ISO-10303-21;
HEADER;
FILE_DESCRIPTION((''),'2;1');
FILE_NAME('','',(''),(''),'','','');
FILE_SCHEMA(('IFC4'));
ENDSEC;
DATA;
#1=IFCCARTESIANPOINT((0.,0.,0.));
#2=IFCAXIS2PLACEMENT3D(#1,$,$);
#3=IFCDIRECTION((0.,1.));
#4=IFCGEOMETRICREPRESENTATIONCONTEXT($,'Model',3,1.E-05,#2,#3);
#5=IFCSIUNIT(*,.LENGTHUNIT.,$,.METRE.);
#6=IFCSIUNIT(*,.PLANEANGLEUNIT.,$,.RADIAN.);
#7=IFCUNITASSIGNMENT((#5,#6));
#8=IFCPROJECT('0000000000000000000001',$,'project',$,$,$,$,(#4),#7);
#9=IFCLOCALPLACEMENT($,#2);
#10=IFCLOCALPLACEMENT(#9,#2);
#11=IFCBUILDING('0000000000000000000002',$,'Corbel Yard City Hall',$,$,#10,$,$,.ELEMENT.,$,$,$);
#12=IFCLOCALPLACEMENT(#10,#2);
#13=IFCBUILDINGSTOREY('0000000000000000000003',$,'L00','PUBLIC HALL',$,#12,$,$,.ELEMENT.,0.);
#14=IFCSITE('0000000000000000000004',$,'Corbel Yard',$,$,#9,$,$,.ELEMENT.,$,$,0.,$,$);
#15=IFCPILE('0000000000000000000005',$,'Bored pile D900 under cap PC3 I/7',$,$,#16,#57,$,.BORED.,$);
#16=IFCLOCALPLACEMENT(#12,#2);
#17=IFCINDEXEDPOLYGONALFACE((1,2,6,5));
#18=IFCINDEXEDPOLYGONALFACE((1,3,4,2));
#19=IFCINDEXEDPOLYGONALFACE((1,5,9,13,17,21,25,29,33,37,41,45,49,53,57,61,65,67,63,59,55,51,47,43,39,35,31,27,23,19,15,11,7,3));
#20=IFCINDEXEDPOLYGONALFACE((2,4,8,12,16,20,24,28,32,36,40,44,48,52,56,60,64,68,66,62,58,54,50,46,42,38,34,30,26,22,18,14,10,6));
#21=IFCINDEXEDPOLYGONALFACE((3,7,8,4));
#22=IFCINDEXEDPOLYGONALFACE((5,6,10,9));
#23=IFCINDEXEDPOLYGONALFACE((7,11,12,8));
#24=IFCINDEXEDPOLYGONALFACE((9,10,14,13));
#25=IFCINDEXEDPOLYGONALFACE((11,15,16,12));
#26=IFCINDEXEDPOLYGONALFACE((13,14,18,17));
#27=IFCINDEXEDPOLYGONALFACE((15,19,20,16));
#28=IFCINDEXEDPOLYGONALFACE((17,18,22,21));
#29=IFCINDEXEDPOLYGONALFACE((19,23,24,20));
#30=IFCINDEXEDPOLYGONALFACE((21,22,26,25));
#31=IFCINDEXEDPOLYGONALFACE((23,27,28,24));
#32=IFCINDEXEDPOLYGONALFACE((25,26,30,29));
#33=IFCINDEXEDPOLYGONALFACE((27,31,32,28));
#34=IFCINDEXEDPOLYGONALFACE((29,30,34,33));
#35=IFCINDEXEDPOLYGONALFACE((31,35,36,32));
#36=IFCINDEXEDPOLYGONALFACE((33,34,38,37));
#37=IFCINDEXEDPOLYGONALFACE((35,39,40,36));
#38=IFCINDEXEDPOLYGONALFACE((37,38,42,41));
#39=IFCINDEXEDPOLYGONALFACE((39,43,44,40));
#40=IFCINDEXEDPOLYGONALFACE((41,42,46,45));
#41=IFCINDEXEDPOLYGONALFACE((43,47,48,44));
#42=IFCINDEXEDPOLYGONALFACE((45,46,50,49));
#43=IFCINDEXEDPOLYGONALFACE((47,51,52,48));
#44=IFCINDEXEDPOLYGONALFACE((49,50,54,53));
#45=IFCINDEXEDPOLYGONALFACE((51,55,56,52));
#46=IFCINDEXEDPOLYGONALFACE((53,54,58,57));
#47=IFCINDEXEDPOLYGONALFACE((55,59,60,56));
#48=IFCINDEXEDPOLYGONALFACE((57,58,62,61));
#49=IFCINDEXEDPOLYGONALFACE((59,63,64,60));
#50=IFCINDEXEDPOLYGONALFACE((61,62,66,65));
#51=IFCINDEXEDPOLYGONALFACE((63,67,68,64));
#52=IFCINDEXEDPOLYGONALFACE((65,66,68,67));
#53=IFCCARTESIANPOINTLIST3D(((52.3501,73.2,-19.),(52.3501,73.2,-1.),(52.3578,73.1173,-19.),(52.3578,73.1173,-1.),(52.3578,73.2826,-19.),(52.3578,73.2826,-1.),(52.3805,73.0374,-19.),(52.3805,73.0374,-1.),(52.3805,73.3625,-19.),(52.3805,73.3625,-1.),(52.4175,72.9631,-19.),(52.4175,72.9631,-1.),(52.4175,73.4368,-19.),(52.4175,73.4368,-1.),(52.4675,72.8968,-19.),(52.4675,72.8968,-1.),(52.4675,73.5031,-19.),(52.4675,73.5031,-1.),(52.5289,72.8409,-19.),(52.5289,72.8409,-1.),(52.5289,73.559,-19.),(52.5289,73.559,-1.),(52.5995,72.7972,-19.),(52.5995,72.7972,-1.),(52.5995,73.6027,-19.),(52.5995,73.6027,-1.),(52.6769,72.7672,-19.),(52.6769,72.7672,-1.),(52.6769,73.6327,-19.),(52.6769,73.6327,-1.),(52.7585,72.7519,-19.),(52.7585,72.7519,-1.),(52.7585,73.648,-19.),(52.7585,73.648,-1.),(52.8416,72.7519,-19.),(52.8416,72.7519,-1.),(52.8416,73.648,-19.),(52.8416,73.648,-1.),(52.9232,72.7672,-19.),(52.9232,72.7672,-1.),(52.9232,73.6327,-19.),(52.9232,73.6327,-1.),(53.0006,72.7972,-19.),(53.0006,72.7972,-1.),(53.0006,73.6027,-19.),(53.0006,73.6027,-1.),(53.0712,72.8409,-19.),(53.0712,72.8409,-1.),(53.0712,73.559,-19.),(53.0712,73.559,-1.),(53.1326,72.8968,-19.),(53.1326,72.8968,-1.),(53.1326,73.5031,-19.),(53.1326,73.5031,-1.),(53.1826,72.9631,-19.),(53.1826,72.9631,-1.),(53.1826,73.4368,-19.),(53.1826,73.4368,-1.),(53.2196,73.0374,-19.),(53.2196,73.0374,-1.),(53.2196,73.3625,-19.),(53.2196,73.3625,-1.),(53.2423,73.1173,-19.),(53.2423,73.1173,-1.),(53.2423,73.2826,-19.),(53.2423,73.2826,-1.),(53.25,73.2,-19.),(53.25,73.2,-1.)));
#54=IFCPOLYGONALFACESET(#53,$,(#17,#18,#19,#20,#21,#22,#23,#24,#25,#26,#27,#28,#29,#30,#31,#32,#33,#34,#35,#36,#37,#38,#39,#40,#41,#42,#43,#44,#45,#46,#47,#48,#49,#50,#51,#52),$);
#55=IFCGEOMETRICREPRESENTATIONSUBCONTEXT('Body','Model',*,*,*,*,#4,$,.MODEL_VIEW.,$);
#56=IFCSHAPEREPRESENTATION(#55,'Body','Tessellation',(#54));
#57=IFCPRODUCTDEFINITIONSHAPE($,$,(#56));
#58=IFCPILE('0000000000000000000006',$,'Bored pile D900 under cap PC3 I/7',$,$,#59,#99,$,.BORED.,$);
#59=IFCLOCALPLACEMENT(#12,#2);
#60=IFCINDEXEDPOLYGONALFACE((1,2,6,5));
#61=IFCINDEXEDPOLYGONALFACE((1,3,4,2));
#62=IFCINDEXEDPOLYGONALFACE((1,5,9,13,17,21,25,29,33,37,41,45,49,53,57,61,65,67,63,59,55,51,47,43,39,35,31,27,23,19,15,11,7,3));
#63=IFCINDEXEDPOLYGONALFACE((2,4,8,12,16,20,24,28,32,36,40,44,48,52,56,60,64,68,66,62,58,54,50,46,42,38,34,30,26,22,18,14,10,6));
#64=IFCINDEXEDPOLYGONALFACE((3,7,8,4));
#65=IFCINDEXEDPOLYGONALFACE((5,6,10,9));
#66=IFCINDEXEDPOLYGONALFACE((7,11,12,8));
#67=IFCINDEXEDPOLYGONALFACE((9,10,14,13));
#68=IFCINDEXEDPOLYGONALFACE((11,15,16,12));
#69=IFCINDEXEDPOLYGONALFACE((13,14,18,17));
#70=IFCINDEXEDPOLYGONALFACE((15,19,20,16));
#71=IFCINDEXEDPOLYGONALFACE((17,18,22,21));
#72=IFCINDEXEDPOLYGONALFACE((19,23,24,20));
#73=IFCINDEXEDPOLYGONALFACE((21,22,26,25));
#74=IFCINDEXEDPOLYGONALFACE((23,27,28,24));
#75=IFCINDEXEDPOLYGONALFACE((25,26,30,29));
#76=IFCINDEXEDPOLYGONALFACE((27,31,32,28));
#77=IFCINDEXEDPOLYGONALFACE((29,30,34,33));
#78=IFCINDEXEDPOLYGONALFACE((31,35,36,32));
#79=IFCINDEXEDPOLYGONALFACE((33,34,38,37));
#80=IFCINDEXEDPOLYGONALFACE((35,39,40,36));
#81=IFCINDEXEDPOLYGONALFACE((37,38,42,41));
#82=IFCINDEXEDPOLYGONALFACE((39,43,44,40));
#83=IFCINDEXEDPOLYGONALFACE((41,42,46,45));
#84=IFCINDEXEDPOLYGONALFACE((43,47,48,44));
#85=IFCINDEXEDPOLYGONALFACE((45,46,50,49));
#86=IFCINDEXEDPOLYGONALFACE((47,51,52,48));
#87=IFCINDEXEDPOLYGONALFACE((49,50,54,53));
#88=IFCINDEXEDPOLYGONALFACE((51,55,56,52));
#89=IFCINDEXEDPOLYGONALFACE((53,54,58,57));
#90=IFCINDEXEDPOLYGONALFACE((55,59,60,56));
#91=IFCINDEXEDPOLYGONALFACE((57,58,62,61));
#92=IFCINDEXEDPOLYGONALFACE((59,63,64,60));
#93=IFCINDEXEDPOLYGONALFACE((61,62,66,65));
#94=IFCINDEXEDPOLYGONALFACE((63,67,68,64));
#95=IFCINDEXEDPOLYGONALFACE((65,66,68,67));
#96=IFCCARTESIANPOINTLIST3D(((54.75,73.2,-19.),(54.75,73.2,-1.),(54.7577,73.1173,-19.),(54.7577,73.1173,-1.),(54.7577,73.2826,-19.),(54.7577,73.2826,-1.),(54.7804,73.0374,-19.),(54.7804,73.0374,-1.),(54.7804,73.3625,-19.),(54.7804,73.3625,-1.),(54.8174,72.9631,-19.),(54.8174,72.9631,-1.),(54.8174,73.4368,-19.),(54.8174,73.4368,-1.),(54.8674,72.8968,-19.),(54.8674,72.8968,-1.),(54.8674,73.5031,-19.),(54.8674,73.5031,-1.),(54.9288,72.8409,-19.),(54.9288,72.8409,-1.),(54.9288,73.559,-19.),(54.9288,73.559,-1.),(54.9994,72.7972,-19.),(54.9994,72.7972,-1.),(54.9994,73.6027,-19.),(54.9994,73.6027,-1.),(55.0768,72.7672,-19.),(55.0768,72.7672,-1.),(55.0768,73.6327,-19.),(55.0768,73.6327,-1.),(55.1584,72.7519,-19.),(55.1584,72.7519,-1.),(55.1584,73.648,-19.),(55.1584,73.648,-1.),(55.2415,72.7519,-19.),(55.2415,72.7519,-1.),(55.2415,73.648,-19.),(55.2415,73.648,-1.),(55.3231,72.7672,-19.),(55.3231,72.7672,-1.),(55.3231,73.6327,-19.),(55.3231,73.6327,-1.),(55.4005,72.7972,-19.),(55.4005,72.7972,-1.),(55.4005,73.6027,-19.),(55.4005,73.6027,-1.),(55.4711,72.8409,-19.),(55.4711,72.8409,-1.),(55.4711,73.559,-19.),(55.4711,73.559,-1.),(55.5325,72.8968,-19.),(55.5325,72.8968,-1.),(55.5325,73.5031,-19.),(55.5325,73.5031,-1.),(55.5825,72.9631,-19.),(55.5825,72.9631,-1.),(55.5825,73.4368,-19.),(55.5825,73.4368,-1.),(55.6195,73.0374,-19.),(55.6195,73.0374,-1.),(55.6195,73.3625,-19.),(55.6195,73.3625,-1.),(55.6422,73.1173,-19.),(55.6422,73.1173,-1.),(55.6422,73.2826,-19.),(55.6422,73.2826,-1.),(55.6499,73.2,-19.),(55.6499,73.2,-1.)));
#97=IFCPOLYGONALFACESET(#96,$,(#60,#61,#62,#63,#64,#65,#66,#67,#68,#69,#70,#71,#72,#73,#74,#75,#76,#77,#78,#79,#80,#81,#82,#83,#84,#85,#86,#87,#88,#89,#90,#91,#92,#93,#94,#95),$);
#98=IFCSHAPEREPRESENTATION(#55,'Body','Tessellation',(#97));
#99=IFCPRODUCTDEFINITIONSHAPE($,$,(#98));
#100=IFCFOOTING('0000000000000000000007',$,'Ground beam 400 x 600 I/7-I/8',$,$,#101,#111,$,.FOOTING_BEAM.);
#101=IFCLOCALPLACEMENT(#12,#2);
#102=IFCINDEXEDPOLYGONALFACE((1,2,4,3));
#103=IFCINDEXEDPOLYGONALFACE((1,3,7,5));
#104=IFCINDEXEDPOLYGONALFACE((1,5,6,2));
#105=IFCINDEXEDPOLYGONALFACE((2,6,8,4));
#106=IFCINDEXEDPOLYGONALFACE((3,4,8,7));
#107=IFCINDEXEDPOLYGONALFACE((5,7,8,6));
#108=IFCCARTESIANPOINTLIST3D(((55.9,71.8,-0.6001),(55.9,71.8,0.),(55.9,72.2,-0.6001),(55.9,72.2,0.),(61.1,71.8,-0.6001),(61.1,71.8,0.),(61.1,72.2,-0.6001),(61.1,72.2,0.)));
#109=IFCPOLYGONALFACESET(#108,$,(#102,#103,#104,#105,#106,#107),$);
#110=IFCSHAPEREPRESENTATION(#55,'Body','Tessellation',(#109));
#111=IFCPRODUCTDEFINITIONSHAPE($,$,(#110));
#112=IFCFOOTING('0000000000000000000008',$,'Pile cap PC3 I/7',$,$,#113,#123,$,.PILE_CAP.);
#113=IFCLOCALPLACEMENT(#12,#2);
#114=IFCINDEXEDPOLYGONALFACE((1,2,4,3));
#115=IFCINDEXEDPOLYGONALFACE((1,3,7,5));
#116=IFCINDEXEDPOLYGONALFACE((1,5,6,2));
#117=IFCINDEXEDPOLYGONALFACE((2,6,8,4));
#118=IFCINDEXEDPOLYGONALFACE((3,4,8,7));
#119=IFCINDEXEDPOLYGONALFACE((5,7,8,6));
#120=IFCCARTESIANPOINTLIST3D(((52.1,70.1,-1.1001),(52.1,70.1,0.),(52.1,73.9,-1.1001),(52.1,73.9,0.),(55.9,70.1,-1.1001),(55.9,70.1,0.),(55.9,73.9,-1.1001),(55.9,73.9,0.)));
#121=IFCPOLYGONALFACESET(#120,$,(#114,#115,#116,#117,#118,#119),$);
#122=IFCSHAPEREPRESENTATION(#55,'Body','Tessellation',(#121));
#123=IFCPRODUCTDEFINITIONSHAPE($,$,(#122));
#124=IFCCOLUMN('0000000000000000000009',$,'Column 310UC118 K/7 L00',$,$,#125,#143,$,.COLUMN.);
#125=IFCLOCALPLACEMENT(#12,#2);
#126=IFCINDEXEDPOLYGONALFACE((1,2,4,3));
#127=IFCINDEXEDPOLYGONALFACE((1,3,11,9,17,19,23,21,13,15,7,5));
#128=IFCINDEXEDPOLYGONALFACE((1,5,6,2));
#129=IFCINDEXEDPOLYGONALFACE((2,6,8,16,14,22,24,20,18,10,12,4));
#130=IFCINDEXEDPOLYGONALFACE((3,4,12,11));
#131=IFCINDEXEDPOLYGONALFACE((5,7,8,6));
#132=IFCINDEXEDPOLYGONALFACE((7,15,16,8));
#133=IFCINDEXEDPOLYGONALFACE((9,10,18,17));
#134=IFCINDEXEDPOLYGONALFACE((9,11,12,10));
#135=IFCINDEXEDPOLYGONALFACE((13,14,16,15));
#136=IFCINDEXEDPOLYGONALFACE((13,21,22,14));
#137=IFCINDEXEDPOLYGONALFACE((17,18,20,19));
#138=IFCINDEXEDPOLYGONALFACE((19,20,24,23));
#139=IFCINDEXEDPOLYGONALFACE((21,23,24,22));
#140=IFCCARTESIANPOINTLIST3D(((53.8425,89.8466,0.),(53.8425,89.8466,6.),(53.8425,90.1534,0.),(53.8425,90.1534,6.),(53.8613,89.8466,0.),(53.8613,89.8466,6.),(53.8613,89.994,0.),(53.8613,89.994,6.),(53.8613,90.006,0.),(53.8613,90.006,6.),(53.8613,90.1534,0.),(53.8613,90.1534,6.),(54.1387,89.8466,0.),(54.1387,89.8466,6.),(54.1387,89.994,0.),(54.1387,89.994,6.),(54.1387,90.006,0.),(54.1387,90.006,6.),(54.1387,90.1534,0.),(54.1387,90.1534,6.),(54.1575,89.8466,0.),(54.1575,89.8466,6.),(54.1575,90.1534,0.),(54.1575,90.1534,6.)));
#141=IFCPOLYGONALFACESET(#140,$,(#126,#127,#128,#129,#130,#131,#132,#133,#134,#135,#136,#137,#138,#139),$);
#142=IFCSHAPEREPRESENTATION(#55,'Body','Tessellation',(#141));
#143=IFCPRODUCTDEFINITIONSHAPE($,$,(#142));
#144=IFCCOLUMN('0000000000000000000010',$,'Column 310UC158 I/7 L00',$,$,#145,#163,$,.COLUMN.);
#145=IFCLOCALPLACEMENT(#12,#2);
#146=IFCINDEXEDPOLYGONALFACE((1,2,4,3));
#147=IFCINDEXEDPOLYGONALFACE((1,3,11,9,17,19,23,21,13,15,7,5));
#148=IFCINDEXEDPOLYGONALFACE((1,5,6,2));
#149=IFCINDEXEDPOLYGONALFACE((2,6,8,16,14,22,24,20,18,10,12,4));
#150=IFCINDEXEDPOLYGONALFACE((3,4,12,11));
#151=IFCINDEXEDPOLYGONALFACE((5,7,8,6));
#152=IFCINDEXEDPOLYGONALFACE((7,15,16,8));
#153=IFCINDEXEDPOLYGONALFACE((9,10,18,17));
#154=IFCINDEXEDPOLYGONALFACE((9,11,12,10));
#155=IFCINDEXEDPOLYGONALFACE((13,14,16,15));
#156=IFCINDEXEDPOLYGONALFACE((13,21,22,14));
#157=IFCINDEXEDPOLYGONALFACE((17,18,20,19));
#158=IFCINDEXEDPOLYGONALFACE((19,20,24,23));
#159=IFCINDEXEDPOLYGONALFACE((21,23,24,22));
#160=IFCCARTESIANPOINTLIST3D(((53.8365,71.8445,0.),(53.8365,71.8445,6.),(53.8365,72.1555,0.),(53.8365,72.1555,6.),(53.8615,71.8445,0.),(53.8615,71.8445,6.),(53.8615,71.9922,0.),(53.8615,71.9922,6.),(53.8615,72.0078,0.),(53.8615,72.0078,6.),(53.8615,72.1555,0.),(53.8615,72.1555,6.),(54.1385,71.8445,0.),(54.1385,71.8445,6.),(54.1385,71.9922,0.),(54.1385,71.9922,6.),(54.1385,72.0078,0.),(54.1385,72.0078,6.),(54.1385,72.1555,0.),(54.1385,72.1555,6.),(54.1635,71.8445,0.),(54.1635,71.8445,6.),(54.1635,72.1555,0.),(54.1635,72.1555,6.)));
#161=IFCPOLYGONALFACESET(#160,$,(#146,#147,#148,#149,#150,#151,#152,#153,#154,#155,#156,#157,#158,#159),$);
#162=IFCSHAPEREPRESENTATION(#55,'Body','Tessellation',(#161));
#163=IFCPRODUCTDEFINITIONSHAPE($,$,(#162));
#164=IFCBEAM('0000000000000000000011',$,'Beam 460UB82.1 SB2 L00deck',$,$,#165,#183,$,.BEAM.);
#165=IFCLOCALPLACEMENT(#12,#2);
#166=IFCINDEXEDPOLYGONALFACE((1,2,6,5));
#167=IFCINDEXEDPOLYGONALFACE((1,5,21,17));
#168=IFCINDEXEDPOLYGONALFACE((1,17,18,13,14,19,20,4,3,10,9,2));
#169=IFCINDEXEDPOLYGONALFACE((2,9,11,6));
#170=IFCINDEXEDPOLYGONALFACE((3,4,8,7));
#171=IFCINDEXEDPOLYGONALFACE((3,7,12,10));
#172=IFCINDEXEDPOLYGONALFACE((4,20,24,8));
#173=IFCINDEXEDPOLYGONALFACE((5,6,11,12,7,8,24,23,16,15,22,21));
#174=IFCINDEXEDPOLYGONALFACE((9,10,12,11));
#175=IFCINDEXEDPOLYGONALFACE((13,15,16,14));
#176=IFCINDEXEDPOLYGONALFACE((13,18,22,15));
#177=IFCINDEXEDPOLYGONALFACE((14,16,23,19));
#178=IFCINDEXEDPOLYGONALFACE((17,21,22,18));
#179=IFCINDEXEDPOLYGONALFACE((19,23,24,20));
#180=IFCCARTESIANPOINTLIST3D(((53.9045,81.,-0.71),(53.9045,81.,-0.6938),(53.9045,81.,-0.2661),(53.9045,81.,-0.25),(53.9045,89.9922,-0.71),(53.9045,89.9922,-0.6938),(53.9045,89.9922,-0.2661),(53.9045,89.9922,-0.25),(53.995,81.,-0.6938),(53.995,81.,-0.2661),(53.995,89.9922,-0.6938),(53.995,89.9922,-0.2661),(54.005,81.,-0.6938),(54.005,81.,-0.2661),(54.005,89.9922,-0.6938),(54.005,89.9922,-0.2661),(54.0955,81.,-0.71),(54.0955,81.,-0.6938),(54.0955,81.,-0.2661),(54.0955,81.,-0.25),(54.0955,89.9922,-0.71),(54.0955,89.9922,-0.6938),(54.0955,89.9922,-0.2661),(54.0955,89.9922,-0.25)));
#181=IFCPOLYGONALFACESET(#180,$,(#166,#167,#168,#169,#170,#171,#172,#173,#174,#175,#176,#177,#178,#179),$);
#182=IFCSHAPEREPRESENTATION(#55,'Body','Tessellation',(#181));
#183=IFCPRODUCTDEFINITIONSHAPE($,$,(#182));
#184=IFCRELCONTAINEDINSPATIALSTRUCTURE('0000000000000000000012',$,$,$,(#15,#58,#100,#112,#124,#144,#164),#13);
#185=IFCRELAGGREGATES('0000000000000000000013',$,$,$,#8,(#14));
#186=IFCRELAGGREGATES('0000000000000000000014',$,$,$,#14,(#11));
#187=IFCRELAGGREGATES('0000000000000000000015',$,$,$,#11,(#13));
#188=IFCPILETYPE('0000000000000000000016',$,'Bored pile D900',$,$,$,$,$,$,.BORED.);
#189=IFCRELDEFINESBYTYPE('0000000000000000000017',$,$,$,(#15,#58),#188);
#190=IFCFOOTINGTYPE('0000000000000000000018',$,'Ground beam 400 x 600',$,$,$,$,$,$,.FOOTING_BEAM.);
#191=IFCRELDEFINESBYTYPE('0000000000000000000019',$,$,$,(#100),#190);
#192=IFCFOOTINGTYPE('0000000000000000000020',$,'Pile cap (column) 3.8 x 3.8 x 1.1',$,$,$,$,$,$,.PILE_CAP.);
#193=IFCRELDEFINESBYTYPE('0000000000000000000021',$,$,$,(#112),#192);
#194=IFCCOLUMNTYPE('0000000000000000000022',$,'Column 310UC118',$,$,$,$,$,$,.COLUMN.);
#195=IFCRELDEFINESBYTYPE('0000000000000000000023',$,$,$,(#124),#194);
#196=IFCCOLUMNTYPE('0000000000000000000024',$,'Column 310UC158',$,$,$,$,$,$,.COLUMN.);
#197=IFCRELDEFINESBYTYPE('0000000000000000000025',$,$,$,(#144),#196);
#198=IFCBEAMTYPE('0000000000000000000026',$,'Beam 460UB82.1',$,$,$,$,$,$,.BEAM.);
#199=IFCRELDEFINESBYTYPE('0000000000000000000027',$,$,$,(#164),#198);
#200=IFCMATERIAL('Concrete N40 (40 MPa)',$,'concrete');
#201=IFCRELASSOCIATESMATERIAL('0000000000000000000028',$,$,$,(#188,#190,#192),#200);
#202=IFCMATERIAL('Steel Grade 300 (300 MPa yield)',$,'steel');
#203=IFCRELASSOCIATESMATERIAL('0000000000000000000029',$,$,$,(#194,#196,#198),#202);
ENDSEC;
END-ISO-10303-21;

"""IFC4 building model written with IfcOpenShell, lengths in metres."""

from ifc_helpers import new_model, si_unit, direction, frame, origin, origin_2d, place, context, subcontext, project, spatial, rectangle, circle, i_section, extrude, material, material_profile, profile_set, type_object, element, save


model = new_model("IFC4")

# Units and contexts
model_context = context("Model", 3, precision=1e-05, world=origin(), true_north=direction((0.0, 1.0)))
body_context = subcontext(model_context, "Body", "Model", "MODEL_VIEW")
ifc_project = project(units=[si_unit("LENGTHUNIT", "METRE"), si_unit("PLANEANGLEUNIT", "RADIAN")], contexts=[model_context])

# Site, building, storey
site_placement = place(None, origin())
site = spatial("IfcSite", under=ifc_project, at=site_placement, Name="Corbel Yard", CompositionType="ELEMENT", RefElevation=0.0)
building_placement = place(site_placement, origin())
building = spatial("IfcBuilding", under=site, at=building_placement, Name="Corbel Yard City Hall", CompositionType="ELEMENT")
storey_placement = place(building_placement, origin())
storey = spatial("IfcBuildingStorey", under=building, at=storey_placement, Name="L00", Description="PUBLIC HALL", CompositionType="ELEMENT", Elevation=0.0)

# Piles
ifc_material_1 = material(Name="Concrete N40 (40 MPa)", Category="concrete")
ifc_material_profile_1 = material_profile(ifc_material_1, circle(Radius=0.45, at=origin_2d()), Name="D900")
ifc_profile_set_1 = profile_set([ifc_material_profile_1], Name="Concrete N40 (40 MPa)")
pile_type = type_object("IfcPileType", Name="Bored pile D900", PredefinedType="BORED", material=ifc_profile_set_1)
for number, where, z_axis, x_axis, name in (
    (1, (52.8, 73.2, -1.0), (0.0, 0.0, -1.0), (1.0, 0.0, 0.0), "Bored pile D900 under cap PC3 I/7"),
    (2, (55.2, 73.2, -1.0), (0.0, 0.0, -1.0), (1.0, 0.0, 0.0), "Bored pile D900 under cap PC3 I/7"),
):
    element("IfcPile", number, at=place(storey_placement, frame(where, z_axis=z_axis, x_axis=x_axis)), inside=storey, type_object=pile_type, Name=name, PredefinedType="BORED", context=body_context, shape_type="SweptSolid", body=[
        extrude(circle(Radius=0.45, at=origin_2d()), origin(), (0.0, 0.0, 1.0), 18.0),
    ])

# Footings
footing_type_1 = type_object("IfcFootingType", Name="Ground beam 400 x 600", PredefinedType="FOOTING_BEAM", material=ifc_material_1)
footing_1_placement = place(storey_placement, frame((58.5, 72.0, -0.6001), z_axis=(0.0, 0.0, 1.0), x_axis=(1.0, 0.0, 0.0)))
element("IfcFooting", 3, at=footing_1_placement, inside=storey, type_object=footing_type_1, Name="Ground beam 400 x 600 I/7-I/8", PredefinedType="FOOTING_BEAM", context=body_context, shape_type="SweptSolid", body=[
    extrude(rectangle(XDim=5.2, YDim=0.3999, at=origin_2d()), origin(), (0.0, 0.0, 1.0), 0.6001),
])
footing_type_2 = type_object("IfcFootingType", Name="Pile cap (column) 3.8 x 3.8 x 1.1", PredefinedType="PILE_CAP", material=ifc_material_1)
footing_2_placement = place(storey_placement, frame((54.0, 72.0, -1.1001), z_axis=(0.0, 0.0, 1.0), x_axis=(1.0, 0.0, 0.0)))
element("IfcFooting", 4, at=footing_2_placement, inside=storey, type_object=footing_type_2, Name="Pile cap PC3 I/7", PredefinedType="PILE_CAP", context=body_context, shape_type="SweptSolid", body=[
    extrude(rectangle(XDim=3.8, YDim=3.8, at=origin_2d()), origin(), (0.0, 0.0, 1.0), 1.1001),
])

# Columns
ifc_material_2 = material(Name="Steel Grade 300 (300 MPa yield)", Category="steel")
ifc_material_profile_2 = material_profile(ifc_material_2, i_section(OverallWidth=0.3069, OverallDepth=0.3149, WebThickness=0.012, FlangeThickness=0.0188, at=origin_2d()), Name="310UC118")
ifc_profile_set_2 = profile_set([ifc_material_profile_2], Name="Steel Grade 300 (300 MPa yield)")
column_type_1 = type_object("IfcColumnType", Name="Column 310UC118", PredefinedType="COLUMN", material=ifc_profile_set_2)
column_1_placement = place(storey_placement, frame((54.0, 90.0, 0.0), z_axis=(0.0, 0.0, 1.0), x_axis=(0.0, 1.0, 0.0)))
element("IfcColumn", 5, at=column_1_placement, inside=storey, type_object=column_type_1, Name="Column 310UC118 K/7 L00", PredefinedType="COLUMN", context=body_context, shape_type="SweptSolid", body=[
    extrude(i_section(OverallWidth=0.3069, OverallDepth=0.3149, WebThickness=0.012, FlangeThickness=0.0188, at=origin_2d()), origin(), (0.0, 0.0, 1.0), 6.0),
])
ifc_material_profile_3 = material_profile(ifc_material_2, i_section(OverallWidth=0.311, OverallDepth=0.3269, WebThickness=0.0156, FlangeThickness=0.0249, at=origin_2d()), Name="310UC158")
ifc_profile_set_3 = profile_set([ifc_material_profile_3], Name="Steel Grade 300 (300 MPa yield)")
column_type_2 = type_object("IfcColumnType", Name="Column 310UC158", PredefinedType="COLUMN", material=ifc_profile_set_3)
column_2_placement = place(storey_placement, frame((54.0, 72.0, 0.0), z_axis=(0.0, 0.0, 1.0), x_axis=(0.0, 1.0, 0.0)))
element("IfcColumn", 6, at=column_2_placement, inside=storey, type_object=column_type_2, Name="Column 310UC158 I/7 L00", PredefinedType="COLUMN", context=body_context, shape_type="SweptSolid", body=[
    extrude(i_section(OverallWidth=0.311, OverallDepth=0.3269, WebThickness=0.0156, FlangeThickness=0.0249, at=origin_2d()), origin(), (0.0, 0.0, 1.0), 6.0),
])

# Beam
ifc_material_profile_4 = material_profile(ifc_material_2, i_section(OverallWidth=0.1909, OverallDepth=0.46, WebThickness=0.01, FlangeThickness=0.0161, at=origin_2d()), Name="460UB82.1")
ifc_profile_set_4 = profile_set([ifc_material_profile_4], Name="Steel Grade 300 (300 MPa yield)")
beam_type_1 = type_object("IfcBeamType", Name="Beam 460UB82.1", PredefinedType="BEAM", material=ifc_profile_set_4)
beam_1_placement = place(storey_placement, frame((54.0, 81.0, -0.48), z_axis=(0.0, 1.0, 0.0), x_axis=(-1.0, 0.0, 0.0)))
element("IfcBeam", 7, at=beam_1_placement, inside=storey, type_object=beam_type_1, Name="Beam 460UB82.1 SB2 L00deck", PredefinedType="BEAM", context=body_context, shape_type="SweptSolid", body=[
    extrude(i_section(OverallWidth=0.1909, OverallDepth=0.46, WebThickness=0.01, FlangeThickness=0.0161, at=origin_2d()), origin(), (0.0, 0.0, 1.0), 8.9922),
])

save(model, "model.ifc")
